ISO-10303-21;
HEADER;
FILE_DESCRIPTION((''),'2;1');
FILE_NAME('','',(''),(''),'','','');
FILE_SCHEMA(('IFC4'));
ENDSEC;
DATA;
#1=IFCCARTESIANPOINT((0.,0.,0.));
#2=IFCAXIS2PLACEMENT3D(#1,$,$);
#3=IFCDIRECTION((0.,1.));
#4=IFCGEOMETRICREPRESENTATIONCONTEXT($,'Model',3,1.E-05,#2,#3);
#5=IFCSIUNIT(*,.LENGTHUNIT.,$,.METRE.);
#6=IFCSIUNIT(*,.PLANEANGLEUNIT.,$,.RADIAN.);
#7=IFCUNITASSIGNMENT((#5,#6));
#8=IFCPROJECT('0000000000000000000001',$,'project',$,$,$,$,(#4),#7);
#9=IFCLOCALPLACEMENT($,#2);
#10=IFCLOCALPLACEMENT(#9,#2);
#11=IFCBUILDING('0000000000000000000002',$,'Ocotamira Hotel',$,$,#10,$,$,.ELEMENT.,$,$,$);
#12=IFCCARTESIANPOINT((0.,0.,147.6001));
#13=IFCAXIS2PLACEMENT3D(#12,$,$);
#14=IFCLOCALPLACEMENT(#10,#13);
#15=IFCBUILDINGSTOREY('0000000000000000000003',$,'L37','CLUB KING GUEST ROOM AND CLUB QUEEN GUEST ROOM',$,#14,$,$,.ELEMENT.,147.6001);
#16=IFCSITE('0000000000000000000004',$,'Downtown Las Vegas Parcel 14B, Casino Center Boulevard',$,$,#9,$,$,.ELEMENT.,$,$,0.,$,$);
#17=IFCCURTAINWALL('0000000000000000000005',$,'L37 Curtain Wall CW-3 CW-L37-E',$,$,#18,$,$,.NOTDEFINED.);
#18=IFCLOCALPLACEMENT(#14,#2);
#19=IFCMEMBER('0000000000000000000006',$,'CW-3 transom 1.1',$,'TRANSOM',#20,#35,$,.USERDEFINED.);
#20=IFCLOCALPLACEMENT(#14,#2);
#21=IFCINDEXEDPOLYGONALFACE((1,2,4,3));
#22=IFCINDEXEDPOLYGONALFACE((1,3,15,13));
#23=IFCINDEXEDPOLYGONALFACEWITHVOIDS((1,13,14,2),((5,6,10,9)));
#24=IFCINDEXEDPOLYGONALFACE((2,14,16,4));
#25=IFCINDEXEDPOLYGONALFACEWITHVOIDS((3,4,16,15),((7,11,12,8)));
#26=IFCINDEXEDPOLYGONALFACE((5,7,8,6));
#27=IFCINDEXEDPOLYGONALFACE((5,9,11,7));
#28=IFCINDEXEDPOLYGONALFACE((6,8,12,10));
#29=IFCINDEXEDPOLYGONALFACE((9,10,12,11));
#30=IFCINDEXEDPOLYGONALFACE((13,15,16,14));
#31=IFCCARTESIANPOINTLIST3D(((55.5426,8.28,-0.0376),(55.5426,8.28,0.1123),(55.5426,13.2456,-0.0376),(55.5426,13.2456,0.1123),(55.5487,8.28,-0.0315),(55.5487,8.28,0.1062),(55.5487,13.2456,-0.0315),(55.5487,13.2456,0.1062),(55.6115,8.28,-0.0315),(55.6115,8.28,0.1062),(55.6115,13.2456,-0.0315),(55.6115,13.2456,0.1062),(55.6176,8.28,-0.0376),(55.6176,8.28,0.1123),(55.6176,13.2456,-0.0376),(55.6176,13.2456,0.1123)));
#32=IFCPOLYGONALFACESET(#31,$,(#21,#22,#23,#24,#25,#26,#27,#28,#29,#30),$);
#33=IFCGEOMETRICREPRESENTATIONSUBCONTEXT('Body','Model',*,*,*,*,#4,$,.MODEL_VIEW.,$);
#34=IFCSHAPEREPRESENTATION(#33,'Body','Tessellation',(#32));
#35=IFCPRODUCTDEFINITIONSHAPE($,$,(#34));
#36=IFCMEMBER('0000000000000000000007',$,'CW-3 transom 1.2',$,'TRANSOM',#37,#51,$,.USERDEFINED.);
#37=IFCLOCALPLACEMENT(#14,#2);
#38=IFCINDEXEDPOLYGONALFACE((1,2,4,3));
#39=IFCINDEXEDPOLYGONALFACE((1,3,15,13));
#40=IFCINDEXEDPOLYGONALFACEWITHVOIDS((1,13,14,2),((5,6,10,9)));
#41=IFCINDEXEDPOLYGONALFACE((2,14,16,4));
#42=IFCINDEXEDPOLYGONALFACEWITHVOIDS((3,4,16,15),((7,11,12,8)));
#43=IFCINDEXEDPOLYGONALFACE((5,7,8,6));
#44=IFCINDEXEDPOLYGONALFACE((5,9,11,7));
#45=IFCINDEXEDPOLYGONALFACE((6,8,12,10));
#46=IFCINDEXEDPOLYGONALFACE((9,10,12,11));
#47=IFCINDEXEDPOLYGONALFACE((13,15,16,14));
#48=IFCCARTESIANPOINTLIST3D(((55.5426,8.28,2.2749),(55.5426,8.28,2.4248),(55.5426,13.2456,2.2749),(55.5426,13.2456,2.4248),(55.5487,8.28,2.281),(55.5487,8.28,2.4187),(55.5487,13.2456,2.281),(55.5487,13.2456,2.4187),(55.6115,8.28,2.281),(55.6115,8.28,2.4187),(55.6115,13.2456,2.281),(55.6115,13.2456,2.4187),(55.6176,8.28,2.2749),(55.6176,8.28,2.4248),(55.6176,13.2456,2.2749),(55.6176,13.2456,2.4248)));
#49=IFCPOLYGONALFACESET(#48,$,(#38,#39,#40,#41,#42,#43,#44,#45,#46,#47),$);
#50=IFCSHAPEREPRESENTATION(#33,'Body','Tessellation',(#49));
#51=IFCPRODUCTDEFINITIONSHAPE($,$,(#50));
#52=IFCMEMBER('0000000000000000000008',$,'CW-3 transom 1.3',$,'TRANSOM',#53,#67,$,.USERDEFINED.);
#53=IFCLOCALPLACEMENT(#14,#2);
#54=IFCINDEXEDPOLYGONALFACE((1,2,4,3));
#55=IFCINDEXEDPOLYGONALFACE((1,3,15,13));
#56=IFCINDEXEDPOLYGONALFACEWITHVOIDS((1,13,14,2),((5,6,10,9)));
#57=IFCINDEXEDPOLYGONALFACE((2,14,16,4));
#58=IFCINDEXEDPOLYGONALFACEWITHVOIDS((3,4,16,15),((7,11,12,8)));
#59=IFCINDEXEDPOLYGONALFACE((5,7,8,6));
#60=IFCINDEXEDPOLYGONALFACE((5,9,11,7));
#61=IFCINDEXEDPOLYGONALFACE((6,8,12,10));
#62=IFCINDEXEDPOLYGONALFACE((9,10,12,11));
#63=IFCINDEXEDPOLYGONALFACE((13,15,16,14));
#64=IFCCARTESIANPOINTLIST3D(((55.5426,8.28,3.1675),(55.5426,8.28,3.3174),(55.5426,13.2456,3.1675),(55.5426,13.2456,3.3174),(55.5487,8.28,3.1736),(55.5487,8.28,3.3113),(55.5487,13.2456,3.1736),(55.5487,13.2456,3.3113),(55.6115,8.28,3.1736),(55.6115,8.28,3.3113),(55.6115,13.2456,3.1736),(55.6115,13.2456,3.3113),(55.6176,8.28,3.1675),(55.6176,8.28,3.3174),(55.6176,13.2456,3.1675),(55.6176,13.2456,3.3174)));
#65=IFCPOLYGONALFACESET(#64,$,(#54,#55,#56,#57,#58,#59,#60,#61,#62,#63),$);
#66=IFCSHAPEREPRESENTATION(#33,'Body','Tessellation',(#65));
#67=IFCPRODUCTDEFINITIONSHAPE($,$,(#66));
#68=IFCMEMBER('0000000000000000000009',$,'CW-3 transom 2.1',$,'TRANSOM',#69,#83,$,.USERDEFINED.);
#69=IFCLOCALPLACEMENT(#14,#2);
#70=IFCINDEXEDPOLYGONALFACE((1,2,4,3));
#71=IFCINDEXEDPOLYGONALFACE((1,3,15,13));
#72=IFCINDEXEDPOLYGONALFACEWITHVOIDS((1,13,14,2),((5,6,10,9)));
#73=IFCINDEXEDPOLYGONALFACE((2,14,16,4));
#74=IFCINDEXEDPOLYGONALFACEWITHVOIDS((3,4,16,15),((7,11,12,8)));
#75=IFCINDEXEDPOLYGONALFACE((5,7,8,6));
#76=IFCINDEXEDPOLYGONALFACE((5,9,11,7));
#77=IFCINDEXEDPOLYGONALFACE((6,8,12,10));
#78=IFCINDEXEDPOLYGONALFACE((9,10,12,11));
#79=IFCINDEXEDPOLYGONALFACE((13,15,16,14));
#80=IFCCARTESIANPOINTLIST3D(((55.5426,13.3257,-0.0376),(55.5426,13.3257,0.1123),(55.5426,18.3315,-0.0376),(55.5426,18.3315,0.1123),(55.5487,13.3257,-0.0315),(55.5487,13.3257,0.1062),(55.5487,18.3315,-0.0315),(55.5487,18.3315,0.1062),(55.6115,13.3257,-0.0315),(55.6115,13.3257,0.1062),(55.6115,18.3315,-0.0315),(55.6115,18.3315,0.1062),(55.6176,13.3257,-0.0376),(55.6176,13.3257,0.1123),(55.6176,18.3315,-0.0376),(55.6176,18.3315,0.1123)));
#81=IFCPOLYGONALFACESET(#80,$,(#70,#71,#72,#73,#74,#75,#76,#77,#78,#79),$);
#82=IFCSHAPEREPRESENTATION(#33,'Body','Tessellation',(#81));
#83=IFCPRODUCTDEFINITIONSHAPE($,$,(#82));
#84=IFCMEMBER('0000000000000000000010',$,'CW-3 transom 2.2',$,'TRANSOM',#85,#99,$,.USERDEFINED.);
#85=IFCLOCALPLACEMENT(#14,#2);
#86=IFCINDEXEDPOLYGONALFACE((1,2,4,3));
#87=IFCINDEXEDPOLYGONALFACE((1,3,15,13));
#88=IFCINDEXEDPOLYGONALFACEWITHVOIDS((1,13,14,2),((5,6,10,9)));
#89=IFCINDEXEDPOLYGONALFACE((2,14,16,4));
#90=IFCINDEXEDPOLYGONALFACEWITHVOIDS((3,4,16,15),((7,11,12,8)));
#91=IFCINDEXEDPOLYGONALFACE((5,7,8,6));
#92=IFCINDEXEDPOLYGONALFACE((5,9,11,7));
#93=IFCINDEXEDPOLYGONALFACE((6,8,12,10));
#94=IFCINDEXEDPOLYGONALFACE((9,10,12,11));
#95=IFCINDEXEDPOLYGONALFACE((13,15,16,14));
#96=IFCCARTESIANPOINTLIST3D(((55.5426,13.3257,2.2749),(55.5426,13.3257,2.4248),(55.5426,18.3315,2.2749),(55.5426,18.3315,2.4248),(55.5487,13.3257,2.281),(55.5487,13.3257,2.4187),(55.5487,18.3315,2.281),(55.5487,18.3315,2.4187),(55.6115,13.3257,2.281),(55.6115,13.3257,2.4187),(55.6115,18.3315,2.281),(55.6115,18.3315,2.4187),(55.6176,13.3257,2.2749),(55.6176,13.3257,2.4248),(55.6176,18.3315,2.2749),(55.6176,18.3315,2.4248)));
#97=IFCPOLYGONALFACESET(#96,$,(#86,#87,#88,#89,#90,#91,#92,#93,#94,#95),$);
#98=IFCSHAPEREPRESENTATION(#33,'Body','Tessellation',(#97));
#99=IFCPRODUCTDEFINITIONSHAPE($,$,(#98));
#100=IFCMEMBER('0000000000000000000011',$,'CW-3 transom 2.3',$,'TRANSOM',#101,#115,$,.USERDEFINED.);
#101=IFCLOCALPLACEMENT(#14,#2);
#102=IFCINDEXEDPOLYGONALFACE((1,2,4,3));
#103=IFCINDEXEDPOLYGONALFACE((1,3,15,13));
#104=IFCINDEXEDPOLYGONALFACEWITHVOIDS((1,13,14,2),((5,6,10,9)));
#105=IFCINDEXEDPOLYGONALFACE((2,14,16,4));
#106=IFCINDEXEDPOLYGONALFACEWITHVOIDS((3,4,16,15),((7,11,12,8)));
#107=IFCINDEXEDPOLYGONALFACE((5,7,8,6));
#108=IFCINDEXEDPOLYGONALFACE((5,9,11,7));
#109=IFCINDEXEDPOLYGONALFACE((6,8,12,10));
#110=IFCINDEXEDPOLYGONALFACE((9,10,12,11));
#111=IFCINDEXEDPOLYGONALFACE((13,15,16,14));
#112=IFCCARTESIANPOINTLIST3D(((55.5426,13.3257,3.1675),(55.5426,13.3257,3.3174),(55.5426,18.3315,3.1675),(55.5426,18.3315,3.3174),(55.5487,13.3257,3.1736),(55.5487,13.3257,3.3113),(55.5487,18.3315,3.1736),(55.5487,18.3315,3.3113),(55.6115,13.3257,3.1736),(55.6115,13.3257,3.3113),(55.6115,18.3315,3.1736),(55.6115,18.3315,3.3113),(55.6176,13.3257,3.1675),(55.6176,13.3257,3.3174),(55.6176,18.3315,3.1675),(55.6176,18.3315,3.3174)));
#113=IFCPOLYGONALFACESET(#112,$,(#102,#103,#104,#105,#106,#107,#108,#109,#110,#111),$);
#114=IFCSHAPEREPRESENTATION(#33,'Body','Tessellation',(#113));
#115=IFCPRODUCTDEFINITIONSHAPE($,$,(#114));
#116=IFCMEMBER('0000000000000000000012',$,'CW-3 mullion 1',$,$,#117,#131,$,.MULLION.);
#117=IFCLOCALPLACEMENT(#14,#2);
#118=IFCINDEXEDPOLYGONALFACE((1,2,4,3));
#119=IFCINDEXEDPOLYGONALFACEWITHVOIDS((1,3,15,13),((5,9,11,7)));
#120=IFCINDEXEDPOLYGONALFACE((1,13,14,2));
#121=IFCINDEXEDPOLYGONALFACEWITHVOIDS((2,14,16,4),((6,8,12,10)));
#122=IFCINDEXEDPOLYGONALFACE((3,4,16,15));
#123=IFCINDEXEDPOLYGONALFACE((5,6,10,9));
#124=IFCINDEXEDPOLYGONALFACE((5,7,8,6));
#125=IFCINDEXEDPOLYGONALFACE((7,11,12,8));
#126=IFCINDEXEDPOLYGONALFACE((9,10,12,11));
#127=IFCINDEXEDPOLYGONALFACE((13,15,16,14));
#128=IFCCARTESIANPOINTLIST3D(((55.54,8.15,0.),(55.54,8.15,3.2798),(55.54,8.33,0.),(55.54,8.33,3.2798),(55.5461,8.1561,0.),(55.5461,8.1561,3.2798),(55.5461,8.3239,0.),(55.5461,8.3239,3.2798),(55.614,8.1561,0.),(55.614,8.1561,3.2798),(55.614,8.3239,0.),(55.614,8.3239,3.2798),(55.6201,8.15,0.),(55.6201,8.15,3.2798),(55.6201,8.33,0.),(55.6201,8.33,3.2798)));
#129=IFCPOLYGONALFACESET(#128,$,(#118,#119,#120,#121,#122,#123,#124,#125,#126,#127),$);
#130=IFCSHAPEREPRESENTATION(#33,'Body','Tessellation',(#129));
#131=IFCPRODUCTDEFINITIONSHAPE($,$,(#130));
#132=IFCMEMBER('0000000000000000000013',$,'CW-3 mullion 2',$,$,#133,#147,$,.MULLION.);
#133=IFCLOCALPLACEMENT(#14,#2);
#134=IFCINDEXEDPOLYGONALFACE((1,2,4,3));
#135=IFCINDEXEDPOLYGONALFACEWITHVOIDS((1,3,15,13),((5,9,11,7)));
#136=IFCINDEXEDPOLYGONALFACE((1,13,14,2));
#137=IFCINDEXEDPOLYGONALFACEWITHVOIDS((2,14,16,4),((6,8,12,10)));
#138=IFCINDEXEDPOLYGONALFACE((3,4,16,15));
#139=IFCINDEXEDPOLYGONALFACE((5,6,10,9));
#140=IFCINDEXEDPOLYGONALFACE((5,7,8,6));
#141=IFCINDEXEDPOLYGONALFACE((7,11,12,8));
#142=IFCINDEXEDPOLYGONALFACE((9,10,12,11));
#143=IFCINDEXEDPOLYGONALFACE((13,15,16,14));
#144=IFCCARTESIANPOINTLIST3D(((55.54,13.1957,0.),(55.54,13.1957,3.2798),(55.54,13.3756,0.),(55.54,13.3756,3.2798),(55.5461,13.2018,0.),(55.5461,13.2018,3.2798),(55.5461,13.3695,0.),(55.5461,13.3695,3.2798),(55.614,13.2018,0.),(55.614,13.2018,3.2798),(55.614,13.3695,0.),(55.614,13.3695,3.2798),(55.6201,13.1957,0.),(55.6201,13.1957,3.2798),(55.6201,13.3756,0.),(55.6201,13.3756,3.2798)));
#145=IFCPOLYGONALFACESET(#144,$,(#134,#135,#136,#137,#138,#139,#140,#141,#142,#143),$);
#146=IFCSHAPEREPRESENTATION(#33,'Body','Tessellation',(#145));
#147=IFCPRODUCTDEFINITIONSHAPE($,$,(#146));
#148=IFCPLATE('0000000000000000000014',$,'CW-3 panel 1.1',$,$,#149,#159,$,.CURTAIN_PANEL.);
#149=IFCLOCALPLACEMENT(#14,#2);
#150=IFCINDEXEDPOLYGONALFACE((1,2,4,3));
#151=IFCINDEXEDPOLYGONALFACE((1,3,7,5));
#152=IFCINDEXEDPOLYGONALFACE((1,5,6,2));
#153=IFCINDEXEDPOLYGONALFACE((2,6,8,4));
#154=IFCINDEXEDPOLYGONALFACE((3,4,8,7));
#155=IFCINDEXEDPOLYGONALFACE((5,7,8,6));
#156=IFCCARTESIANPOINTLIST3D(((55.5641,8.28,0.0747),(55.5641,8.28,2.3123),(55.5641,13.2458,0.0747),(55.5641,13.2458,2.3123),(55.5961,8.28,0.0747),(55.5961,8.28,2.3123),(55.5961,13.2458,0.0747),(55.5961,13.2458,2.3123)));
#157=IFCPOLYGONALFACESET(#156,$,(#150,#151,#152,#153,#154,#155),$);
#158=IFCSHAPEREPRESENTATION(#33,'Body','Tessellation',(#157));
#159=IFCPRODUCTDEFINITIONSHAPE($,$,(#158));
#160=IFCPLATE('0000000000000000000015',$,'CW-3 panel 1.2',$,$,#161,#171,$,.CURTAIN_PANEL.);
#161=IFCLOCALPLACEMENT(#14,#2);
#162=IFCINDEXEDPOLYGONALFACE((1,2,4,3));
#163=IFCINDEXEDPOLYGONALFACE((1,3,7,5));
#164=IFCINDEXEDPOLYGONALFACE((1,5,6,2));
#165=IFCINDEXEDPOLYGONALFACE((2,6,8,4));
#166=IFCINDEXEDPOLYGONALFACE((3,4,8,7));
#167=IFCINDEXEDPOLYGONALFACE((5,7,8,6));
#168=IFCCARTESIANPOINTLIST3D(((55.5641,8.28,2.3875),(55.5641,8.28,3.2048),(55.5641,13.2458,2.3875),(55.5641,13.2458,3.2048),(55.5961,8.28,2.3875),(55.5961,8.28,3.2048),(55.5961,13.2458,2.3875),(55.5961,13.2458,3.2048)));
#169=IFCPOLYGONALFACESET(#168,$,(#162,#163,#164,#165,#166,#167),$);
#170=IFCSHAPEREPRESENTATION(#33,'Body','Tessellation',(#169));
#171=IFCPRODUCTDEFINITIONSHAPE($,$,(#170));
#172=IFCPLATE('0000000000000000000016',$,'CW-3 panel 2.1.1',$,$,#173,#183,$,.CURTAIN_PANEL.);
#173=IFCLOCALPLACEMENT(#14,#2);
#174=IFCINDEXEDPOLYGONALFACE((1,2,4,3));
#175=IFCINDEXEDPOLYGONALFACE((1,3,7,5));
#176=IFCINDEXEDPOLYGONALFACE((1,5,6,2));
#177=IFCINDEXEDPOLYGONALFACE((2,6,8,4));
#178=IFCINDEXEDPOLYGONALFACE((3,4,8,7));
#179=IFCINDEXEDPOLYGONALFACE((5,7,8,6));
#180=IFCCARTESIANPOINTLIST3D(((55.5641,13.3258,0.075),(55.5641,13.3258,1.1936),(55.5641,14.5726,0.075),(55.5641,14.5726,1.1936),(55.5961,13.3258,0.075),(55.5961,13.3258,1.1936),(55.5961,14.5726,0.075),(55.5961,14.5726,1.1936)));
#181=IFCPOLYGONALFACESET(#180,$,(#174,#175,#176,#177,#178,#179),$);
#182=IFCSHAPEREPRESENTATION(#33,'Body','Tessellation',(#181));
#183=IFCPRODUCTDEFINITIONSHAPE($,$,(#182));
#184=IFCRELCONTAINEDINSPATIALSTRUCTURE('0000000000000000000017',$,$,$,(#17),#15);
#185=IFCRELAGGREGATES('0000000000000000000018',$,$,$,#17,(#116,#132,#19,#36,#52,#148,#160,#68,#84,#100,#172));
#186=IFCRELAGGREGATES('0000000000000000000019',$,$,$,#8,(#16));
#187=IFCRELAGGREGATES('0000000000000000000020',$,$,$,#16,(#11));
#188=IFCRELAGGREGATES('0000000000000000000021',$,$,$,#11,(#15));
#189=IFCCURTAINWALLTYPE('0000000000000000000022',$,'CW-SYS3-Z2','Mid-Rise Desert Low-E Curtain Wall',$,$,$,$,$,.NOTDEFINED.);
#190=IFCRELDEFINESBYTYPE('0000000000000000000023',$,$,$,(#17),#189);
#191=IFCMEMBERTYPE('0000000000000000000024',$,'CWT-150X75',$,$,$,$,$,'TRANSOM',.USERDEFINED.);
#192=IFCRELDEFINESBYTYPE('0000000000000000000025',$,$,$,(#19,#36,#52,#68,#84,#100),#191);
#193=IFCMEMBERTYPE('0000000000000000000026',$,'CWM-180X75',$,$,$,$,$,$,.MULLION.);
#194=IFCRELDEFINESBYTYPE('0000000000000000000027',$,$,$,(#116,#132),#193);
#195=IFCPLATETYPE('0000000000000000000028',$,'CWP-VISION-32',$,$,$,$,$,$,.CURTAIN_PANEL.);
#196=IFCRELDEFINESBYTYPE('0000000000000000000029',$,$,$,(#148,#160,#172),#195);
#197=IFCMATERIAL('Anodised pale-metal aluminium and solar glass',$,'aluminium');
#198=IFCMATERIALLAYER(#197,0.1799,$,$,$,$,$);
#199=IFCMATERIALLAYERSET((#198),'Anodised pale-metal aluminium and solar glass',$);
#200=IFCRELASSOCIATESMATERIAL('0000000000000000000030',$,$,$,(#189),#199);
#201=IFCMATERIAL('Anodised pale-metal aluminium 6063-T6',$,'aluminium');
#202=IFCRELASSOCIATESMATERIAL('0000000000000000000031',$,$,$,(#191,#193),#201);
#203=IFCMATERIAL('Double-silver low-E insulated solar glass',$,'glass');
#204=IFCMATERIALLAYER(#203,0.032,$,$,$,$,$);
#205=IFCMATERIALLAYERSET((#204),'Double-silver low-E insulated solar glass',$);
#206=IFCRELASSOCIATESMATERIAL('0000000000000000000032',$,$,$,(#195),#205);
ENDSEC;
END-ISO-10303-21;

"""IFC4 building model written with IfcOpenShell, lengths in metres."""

from ifc_helpers import new_model, si_unit, direction, frame, origin, origin_2d, place, context, subcontext, project, spatial, rectangle, hollow_rectangle, extrude, source, transform, mapped, material, layer, layer_set, material_profile, profile_set, type_object, element, aggregate, save


model = new_model("IFC4")

# Units and contexts
model_context = context("Model", 3, precision=1e-05, world=origin(), true_north=direction((0.0, 1.0)))
body_context = subcontext(model_context, "Body", "Model", "MODEL_VIEW")
ifc_project = project(units=[si_unit("LENGTHUNIT", "METRE"), si_unit("PLANEANGLEUNIT", "RADIAN")], contexts=[model_context])

# Site, building, storey
site_placement = place(None, origin())
site = spatial("IfcSite", under=ifc_project, at=site_placement, Name="Downtown Las Vegas Parcel 14B, Casino Center Boulevard", CompositionType="ELEMENT", RefElevation=0.0)
building_placement = place(site_placement, origin())
building = spatial("IfcBuilding", under=site, at=building_placement, Name="Ocotamira Hotel", CompositionType="ELEMENT")
storey_placement = place(building_placement, frame((0.0, 0.0, 147.6001)))
storey = spatial("IfcBuildingStorey", under=building, at=storey_placement, Name="L37", Description="CLUB KING GUEST ROOM AND CLUB QUEEN GUEST ROOM", CompositionType="ELEMENT", Elevation=147.6001)

# Curtain wall, members, plates
ifc_material_1 = material(Name="Anodised pale-metal aluminium and solar glass", Category="aluminium")
ifc_layer_1 = layer(ifc_material_1, 0.1799)
ifc_layer_set_1 = layer_set([ifc_layer_1], Name="Anodised pale-metal aluminium and solar glass")
curtain_wall_type = type_object("IfcCurtainWallType", Name="CW-SYS3-Z2", Description="Mid-Rise Desert Low-E Curtain Wall", PredefinedType="NOTDEFINED", material=ifc_layer_set_1)
curtain_wall_placement = place(storey_placement, origin())
curtain_wall = element("IfcCurtainWall", 1, at=curtain_wall_placement, inside=storey, type_object=curtain_wall_type, Name="L37 Curtain Wall CW-3 CW-L37-E", PredefinedType="NOTDEFINED")
ifc_material_2 = material(Name="Anodised pale-metal aluminium 6063-T6", Category="aluminium")
ifc_material_profile_1 = material_profile(ifc_material_2, hollow_rectangle(XDim=0.075, YDim=0.1499, WallThickness=0.0061, at=origin_2d()), Name="HSS150X75X6")
ifc_profile_set_1 = profile_set([ifc_material_profile_1], Name="Anodised pale-metal aluminium 6063-T6")
member_type_1 = type_object("IfcMemberType", Name="CWT-150X75", ElementType="TRANSOM", PredefinedType="USERDEFINED", material=ifc_profile_set_1)
shared_shape_1 = source(origin(), body_context, "Body", "SweptSolid", [
    extrude(hollow_rectangle(XDim=0.075, YDim=0.1499, WallThickness=0.0061, at=origin_2d()), origin(), (0.0, 0.0, 1.0), 4.9656),
])
member_1_placement = place(storey_placement, frame((55.5801, 8.28, 0.0374), z_axis=(0.0, 1.0, 0.0), x_axis=(-1.0, 0.0, 0.0)))
member_1 = element("IfcMember", 2, at=member_1_placement, type_object=member_type_1, Name="CW-3 transom 1.1", ObjectType="TRANSOM", PredefinedType="USERDEFINED", context=body_context, shape_type="MappedRepresentation", body=[
    mapped(shared_shape_1, transform((0.0, 0.0, 0.0), scale=1.0)),
])
member_2_placement = place(storey_placement, frame((55.5801, 8.28, 2.3499), z_axis=(0.0, 1.0, 0.0), x_axis=(-1.0, 0.0, 0.0)))
member_2 = element("IfcMember", 3, at=member_2_placement, type_object=member_type_1, Name="CW-3 transom 1.2", ObjectType="TRANSOM", PredefinedType="USERDEFINED", context=body_context, shape_type="MappedRepresentation", body=[
    mapped(shared_shape_1, transform((0.0, 0.0, 0.0), scale=1.0)),
])
member_3_placement = place(storey_placement, frame((55.5801, 8.28, 3.2424), z_axis=(0.0, 1.0, 0.0), x_axis=(-1.0, 0.0, 0.0)))
member_3 = element("IfcMember", 4, at=member_3_placement, type_object=member_type_1, Name="CW-3 transom 1.3", ObjectType="TRANSOM", PredefinedType="USERDEFINED", context=body_context, shape_type="MappedRepresentation", body=[
    mapped(shared_shape_1, transform((0.0, 0.0, 0.0), scale=1.0)),
])
shared_shape_2 = source(origin(), body_context, "Body", "SweptSolid", [
    extrude(hollow_rectangle(XDim=0.075, YDim=0.1499, WallThickness=0.0061, at=origin_2d()), origin(), (0.0, 0.0, 1.0), 5.0059),
])
member_4_placement = place(storey_placement, frame((55.5801, 13.3257, 0.0374), z_axis=(0.0, 1.0, 0.0), x_axis=(-1.0, 0.0, 0.0)))
member_4 = element("IfcMember", 5, at=member_4_placement, type_object=member_type_1, Name="CW-3 transom 2.1", ObjectType="TRANSOM", PredefinedType="USERDEFINED", context=body_context, shape_type="MappedRepresentation", body=[
    mapped(shared_shape_2, transform((0.0, 0.0, 0.0), scale=1.0)),
])
member_5_placement = place(storey_placement, frame((55.5801, 13.3257, 2.3499), z_axis=(0.0, 1.0, 0.0), x_axis=(-1.0, 0.0, 0.0)))
member_5 = element("IfcMember", 6, at=member_5_placement, type_object=member_type_1, Name="CW-3 transom 2.2", ObjectType="TRANSOM", PredefinedType="USERDEFINED", context=body_context, shape_type="MappedRepresentation", body=[
    mapped(shared_shape_2, transform((0.0, 0.0, 0.0), scale=1.0)),
])
member_6_placement = place(storey_placement, frame((55.5801, 13.3257, 3.2424), z_axis=(0.0, 1.0, 0.0), x_axis=(-1.0, 0.0, 0.0)))
member_6 = element("IfcMember", 7, at=member_6_placement, type_object=member_type_1, Name="CW-3 transom 2.3", ObjectType="TRANSOM", PredefinedType="USERDEFINED", context=body_context, shape_type="MappedRepresentation", body=[
    mapped(shared_shape_2, transform((0.0, 0.0, 0.0), scale=1.0)),
])
ifc_material_profile_2 = material_profile(ifc_material_2, hollow_rectangle(XDim=0.0801, YDim=0.1799, WallThickness=0.0061, at=origin_2d()), Name="HSS180X80X6")
ifc_profile_set_2 = profile_set([ifc_material_profile_2], Name="Anodised pale-metal aluminium 6063-T6")
member_type_2 = type_object("IfcMemberType", Name="CWM-180X75", PredefinedType="MULLION", material=ifc_profile_set_2)
shared_shape_3 = source(origin(), body_context, "Body", "SweptSolid", [
    extrude(hollow_rectangle(XDim=0.0801, YDim=0.1799, WallThickness=0.0061, at=origin_2d()), origin(), (0.0, 0.0, 1.0), 3.2798),
])
member_7_placement = place(storey_placement, frame((55.5801, 8.24, 0.0), z_axis=(0.0, 0.0, 1.0), x_axis=(-1.0, 0.0, 0.0)))
member_7 = element("IfcMember", 8, at=member_7_placement, type_object=member_type_2, Name="CW-3 mullion 1", PredefinedType="MULLION", context=body_context, shape_type="MappedRepresentation", body=[
    mapped(shared_shape_3, transform((0.0, 0.0, 0.0), scale=1.0)),
])
member_8_placement = place(storey_placement, frame((55.5801, 13.2856, 0.0), z_axis=(0.0, 0.0, 1.0), x_axis=(-1.0, 0.0, 0.0)))
member_8 = element("IfcMember", 9, at=member_8_placement, type_object=member_type_2, Name="CW-3 mullion 2", PredefinedType="MULLION", context=body_context, shape_type="MappedRepresentation", body=[
    mapped(shared_shape_3, transform((0.0, 0.0, 0.0), scale=1.0)),
])
ifc_material_3 = material(Name="Double-silver low-E insulated solar glass", Category="glass")
ifc_layer_2 = layer(ifc_material_3, 0.032)
ifc_layer_set_2 = layer_set([ifc_layer_2], Name="Double-silver low-E insulated solar glass")
plate_type = type_object("IfcPlateType", Name="CWP-VISION-32", PredefinedType="CURTAIN_PANEL", material=ifc_layer_set_2)
shared_shape_4 = source(origin(), body_context, "Body", "SweptSolid", [
    extrude(rectangle(XDim=4.9658, YDim=0.032, at=origin_2d()), origin(), (0.0, 0.0, 1.0), 2.2375),
])
plate_1_placement = place(storey_placement, frame((55.5801, 10.7629, 0.0747), z_axis=(0.0, 0.0, 1.0), x_axis=(0.0, 1.0, 0.0)))
plate_1 = element("IfcPlate", 10, at=plate_1_placement, type_object=plate_type, Name="CW-3 panel 1.1", PredefinedType="CURTAIN_PANEL", context=body_context, shape_type="MappedRepresentation", body=[
    mapped(shared_shape_4, transform((0.0, 0.0, 0.0), scale=1.0)),
])
shared_shape_5 = source(origin(), body_context, "Body", "SweptSolid", [
    extrude(rectangle(XDim=4.9658, YDim=0.032, at=origin_2d()), origin(), (0.0, 0.0, 1.0), 0.8174),
])
plate_2_placement = place(storey_placement, frame((55.5801, 10.7629, 2.3875), z_axis=(0.0, 0.0, 1.0), x_axis=(0.0, 1.0, 0.0)))
plate_2 = element("IfcPlate", 11, at=plate_2_placement, type_object=plate_type, Name="CW-3 panel 1.2", PredefinedType="CURTAIN_PANEL", context=body_context, shape_type="MappedRepresentation", body=[
    mapped(shared_shape_5, transform((0.0, 0.0, 0.0), scale=1.0)),
])
shared_shape_6 = source(origin(), body_context, "Body", "SweptSolid", [
    extrude(rectangle(XDim=1.2468, YDim=0.032, at=origin_2d()), origin(), (0.0, 0.0, 1.0), 1.1187),
])
plate_3_placement = place(storey_placement, frame((55.5801, 13.9492, 0.075), z_axis=(0.0, 0.0, 1.0), x_axis=(0.0, 1.0, 0.0)))
plate_3 = element("IfcPlate", 12, at=plate_3_placement, type_object=plate_type, Name="CW-3 panel 2.1.1", PredefinedType="CURTAIN_PANEL", context=body_context, shape_type="MappedRepresentation", body=[
    mapped(shared_shape_6, transform((0.0, 0.0, 0.0), scale=1.0)),
])
aggregate(curtain_wall, [member_7, member_8, member_1, member_2, member_3, plate_1, plate_2, member_4, member_5, member_6, plate_3])

save(model, "model.ifc")
